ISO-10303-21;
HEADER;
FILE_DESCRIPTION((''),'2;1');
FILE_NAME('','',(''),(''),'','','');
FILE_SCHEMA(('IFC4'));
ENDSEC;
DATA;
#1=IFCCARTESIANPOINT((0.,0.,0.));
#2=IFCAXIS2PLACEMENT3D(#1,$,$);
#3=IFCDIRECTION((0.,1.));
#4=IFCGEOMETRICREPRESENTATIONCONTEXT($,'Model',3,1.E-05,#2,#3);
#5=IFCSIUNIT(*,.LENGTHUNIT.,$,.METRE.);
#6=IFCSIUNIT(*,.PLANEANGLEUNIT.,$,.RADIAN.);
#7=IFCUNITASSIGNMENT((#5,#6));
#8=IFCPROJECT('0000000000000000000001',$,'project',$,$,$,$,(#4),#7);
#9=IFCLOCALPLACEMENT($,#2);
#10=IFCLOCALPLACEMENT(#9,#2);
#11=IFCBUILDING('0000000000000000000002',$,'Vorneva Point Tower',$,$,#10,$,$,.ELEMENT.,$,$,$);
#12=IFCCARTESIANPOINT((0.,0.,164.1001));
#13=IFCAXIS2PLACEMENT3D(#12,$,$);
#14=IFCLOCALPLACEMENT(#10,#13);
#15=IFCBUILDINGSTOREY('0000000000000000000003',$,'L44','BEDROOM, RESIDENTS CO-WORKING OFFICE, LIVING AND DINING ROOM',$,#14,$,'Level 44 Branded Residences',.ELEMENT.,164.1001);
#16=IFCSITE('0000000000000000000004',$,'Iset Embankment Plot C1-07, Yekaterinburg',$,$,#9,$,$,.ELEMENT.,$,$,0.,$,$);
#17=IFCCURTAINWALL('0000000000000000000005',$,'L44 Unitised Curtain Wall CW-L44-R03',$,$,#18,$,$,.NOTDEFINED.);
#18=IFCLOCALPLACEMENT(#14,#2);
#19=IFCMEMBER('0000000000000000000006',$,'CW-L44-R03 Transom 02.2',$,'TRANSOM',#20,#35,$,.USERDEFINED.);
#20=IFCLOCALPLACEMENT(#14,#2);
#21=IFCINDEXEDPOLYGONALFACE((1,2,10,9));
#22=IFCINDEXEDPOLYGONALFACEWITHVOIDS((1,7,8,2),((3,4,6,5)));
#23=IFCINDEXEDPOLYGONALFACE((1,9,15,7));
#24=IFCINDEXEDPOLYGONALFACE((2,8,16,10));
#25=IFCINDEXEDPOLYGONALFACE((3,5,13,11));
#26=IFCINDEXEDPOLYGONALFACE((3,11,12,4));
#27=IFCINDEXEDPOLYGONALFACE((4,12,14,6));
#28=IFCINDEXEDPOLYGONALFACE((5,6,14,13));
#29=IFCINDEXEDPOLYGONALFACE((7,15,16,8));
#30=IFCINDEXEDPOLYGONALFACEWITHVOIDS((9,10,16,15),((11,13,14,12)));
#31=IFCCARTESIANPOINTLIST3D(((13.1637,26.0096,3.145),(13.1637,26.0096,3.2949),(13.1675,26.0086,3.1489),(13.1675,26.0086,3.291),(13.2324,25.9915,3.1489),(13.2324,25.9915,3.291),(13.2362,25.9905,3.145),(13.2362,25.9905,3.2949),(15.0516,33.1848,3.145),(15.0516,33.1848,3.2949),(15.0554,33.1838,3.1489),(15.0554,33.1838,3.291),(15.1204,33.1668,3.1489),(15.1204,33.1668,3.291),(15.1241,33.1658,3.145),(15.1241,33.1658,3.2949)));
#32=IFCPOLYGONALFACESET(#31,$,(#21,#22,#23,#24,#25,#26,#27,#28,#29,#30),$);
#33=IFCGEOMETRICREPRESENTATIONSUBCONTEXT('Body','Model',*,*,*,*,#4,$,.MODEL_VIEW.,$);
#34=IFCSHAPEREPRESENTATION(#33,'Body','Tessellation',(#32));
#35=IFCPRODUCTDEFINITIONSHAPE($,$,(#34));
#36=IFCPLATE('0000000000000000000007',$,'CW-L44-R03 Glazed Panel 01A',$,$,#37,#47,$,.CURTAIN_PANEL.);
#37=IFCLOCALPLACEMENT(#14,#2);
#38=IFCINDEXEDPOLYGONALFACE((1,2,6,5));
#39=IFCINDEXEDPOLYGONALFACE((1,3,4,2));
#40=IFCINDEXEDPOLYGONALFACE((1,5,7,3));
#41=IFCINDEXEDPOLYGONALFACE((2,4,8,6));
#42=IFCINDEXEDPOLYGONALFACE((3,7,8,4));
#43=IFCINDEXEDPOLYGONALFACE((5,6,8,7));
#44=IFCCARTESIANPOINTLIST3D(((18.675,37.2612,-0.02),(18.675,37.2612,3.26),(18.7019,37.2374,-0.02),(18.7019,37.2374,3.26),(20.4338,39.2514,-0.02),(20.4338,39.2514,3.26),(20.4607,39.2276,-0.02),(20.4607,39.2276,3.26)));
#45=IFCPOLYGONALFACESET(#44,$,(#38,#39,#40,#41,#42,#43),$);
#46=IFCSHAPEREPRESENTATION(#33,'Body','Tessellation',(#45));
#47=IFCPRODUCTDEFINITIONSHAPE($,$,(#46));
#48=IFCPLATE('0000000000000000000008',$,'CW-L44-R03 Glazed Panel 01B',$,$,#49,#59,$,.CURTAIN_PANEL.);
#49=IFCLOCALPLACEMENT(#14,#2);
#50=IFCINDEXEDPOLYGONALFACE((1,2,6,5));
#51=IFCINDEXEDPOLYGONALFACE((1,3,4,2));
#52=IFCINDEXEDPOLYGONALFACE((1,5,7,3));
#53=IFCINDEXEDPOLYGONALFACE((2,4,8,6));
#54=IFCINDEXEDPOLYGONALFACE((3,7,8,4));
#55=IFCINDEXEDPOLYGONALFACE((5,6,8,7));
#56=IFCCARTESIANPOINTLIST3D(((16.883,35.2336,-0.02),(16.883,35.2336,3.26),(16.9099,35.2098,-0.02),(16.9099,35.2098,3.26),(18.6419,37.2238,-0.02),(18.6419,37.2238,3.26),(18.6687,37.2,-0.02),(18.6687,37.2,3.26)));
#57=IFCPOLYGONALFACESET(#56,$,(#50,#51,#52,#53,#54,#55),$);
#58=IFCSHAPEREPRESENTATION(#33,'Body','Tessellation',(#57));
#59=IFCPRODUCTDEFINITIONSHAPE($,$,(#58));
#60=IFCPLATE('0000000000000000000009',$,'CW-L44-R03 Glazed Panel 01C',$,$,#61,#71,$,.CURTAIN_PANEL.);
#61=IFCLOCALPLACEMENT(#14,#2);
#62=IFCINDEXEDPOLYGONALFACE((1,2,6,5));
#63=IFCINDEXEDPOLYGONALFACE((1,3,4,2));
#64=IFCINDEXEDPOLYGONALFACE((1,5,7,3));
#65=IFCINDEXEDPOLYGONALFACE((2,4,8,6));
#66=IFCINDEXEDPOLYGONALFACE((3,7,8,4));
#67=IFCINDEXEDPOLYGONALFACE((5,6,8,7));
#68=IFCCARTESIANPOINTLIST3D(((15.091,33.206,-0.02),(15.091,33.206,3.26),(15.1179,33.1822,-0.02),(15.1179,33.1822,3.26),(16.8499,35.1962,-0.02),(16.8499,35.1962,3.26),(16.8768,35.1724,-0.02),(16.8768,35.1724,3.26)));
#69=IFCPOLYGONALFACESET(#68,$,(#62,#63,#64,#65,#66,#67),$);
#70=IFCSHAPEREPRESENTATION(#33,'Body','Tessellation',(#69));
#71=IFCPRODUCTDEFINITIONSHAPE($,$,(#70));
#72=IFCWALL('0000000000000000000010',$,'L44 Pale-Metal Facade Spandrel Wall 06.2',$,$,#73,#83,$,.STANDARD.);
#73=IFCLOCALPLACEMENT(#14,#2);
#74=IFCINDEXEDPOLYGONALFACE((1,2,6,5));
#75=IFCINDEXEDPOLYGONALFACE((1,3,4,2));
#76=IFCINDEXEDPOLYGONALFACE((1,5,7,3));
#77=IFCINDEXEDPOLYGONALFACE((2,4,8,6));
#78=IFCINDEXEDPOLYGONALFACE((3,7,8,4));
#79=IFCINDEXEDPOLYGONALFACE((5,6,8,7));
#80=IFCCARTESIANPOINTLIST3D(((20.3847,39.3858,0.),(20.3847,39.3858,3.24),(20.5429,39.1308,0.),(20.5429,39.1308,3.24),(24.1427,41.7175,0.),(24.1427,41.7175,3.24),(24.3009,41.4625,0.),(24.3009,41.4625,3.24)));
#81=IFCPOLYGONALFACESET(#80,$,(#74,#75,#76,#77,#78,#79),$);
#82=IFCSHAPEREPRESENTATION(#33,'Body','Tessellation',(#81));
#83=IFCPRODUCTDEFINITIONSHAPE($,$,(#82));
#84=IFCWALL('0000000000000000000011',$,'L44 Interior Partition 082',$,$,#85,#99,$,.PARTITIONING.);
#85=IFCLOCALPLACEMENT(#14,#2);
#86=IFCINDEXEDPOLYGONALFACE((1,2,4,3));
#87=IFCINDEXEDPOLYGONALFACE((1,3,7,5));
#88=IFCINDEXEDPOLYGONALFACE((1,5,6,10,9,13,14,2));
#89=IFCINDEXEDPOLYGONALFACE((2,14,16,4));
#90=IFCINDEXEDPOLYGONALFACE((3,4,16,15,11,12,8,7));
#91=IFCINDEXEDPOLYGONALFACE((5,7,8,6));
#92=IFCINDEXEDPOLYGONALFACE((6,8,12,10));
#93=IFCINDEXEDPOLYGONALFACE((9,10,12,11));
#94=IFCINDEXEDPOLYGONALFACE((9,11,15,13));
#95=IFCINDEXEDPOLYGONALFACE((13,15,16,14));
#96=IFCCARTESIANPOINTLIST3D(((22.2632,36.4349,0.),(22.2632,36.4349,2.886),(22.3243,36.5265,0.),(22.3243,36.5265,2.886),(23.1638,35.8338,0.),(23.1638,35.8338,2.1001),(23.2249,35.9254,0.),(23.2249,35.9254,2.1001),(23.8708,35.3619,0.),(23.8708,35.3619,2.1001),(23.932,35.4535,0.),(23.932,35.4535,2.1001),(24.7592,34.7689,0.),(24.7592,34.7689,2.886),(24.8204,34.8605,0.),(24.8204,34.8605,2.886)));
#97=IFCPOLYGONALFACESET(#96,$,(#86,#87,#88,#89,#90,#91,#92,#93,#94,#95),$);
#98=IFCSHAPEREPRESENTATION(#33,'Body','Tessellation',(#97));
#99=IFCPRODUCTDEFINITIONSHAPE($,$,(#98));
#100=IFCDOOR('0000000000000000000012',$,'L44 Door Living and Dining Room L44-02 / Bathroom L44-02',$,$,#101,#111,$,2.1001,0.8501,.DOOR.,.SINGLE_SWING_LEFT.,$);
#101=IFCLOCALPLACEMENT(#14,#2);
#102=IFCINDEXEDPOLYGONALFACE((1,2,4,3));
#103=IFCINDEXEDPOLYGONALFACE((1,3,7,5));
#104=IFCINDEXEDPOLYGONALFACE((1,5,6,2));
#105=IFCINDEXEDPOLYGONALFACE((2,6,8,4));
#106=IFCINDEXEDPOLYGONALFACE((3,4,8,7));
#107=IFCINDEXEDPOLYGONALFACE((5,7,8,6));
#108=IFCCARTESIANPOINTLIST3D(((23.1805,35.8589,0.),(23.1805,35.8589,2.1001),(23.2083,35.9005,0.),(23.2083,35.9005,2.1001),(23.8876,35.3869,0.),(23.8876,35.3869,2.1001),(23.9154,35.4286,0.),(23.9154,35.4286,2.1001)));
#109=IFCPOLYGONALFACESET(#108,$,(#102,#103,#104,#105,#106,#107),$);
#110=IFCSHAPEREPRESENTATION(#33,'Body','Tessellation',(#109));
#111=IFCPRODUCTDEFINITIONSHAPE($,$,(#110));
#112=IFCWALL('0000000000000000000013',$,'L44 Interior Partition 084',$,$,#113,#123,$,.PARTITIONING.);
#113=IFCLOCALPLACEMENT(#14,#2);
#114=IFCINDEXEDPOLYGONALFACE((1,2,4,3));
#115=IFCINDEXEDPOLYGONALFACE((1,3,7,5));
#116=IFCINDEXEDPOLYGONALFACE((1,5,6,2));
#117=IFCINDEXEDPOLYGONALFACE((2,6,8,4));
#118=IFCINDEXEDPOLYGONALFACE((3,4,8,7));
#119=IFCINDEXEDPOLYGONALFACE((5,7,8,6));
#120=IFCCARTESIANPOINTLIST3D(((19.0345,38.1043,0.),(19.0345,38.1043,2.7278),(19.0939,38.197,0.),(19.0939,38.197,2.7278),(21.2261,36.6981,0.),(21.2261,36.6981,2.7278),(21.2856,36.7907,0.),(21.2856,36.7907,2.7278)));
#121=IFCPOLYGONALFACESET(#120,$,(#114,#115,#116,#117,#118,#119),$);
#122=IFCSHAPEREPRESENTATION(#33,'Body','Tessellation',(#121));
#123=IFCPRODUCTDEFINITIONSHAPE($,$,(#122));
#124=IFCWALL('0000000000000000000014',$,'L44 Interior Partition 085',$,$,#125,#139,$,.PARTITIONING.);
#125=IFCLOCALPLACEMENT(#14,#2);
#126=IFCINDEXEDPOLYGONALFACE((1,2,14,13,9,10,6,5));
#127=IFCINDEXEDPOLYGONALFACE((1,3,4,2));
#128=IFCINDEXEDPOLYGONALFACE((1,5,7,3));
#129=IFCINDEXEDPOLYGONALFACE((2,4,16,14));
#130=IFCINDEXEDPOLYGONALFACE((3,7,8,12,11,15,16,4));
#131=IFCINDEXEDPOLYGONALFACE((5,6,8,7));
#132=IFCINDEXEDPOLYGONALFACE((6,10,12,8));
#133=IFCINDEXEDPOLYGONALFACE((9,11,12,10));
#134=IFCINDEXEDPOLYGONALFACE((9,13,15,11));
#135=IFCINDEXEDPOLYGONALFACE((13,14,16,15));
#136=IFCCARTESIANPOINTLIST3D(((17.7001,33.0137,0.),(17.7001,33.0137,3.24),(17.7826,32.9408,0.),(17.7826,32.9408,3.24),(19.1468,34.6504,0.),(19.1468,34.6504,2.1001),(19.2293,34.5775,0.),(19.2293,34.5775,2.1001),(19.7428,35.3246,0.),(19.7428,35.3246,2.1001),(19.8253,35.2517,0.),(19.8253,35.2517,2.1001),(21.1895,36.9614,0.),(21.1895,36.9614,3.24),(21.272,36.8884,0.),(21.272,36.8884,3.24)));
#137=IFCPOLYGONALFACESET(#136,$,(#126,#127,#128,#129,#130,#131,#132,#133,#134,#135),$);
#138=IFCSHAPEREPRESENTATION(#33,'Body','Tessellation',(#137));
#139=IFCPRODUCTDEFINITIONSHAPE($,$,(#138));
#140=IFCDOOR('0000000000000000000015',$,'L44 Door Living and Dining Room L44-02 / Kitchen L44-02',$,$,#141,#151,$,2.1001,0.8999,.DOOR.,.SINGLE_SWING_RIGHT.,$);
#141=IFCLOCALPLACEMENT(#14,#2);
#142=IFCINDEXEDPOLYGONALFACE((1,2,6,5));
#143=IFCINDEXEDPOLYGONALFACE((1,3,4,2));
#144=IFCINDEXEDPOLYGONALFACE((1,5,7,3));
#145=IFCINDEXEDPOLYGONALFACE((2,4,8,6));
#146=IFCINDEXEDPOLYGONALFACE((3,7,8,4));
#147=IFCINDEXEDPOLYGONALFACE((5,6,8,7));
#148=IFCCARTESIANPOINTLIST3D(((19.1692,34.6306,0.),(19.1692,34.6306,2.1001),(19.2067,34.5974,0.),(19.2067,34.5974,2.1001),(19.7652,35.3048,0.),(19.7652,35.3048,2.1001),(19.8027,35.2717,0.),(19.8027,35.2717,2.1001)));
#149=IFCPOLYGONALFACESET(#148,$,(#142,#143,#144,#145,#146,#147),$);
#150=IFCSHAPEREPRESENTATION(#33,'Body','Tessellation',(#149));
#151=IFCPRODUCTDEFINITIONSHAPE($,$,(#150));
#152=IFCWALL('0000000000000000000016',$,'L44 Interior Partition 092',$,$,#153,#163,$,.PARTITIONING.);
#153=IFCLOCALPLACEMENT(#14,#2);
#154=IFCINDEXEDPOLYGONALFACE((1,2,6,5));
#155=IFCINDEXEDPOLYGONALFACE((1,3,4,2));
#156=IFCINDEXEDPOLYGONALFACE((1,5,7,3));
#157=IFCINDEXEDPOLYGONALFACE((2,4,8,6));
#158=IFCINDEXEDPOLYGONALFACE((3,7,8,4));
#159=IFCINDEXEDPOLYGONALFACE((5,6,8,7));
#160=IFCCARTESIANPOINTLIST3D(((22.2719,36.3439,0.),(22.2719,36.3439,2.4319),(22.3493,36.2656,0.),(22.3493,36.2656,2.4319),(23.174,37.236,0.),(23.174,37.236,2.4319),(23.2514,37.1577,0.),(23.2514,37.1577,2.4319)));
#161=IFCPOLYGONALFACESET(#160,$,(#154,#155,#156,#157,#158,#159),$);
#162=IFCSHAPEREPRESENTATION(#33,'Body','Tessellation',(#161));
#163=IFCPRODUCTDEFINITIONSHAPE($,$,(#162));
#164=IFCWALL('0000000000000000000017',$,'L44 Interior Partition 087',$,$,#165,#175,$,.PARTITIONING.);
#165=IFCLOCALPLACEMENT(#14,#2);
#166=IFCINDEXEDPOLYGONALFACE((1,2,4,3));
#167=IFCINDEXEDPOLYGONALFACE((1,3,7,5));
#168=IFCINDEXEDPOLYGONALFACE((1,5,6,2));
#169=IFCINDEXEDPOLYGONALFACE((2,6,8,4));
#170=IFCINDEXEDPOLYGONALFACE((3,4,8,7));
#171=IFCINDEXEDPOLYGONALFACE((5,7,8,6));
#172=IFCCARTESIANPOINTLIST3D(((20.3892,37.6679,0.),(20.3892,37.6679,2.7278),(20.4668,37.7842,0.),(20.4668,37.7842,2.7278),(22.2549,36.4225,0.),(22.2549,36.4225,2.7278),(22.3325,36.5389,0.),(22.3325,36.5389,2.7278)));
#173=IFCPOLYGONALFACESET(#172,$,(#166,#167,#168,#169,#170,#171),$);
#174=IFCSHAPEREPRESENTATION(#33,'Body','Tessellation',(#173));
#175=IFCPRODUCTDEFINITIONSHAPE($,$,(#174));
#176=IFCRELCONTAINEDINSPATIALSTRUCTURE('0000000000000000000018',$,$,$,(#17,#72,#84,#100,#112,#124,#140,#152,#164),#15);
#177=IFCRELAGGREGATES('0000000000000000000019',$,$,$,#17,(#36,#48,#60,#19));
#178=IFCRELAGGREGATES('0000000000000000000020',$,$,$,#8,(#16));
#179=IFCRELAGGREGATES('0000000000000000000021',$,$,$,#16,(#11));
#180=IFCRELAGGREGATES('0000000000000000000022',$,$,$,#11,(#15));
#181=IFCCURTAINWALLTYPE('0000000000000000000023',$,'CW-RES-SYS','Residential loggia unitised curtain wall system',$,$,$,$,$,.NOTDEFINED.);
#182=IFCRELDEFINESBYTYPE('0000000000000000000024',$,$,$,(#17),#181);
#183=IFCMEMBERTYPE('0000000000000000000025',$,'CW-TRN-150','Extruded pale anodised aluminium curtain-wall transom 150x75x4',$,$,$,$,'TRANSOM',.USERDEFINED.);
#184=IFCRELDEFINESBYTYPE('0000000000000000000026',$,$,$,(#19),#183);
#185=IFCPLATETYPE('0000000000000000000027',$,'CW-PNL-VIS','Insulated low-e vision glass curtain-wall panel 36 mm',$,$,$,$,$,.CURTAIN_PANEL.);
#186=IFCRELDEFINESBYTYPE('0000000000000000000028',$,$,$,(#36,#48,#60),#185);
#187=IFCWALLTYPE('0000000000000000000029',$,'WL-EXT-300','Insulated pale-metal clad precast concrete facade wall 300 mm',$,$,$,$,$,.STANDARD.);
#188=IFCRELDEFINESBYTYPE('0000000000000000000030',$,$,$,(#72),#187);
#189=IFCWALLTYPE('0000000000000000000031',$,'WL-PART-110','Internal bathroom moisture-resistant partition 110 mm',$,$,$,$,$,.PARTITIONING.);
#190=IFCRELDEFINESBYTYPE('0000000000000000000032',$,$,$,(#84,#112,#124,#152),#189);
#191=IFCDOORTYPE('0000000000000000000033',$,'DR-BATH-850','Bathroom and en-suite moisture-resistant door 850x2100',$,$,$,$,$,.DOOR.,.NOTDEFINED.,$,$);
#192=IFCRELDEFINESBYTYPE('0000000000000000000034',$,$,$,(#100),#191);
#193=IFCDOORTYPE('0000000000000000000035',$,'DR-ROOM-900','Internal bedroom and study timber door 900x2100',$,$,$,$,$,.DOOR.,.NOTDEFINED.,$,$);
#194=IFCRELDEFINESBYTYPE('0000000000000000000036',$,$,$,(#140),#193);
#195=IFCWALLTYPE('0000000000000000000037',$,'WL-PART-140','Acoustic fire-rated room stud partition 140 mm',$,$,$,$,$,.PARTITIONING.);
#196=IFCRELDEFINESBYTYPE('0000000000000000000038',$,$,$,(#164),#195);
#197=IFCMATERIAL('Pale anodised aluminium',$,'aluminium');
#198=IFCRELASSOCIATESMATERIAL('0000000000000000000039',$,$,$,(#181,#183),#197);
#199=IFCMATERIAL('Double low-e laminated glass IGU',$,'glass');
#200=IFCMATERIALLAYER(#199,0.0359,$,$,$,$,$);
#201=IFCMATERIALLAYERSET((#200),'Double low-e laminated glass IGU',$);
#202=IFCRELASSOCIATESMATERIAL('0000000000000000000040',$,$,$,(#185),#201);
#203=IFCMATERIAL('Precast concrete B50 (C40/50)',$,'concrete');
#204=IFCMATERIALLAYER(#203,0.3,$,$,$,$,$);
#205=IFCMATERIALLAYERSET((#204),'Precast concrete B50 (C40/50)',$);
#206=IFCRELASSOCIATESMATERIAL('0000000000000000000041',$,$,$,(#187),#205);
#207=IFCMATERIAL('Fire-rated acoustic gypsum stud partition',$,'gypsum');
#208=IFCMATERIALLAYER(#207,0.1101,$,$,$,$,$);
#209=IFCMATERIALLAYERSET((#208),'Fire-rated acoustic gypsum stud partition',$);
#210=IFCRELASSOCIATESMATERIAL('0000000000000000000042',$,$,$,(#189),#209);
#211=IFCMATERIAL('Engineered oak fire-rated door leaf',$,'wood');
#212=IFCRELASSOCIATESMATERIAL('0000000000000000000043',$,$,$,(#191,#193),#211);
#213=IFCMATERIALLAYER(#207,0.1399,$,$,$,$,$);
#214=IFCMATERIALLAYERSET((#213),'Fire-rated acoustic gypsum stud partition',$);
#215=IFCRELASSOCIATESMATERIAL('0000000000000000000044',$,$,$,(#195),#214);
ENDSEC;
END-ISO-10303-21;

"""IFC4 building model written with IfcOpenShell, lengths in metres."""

from ifc_helpers import new_model, si_unit, direction, frame, frame_2d, origin, origin_2d, place, context, subcontext, project, spatial, rectangle, hollow_rectangle, extrude, material, layer, layer_set, material_profile, profile_set, type_object, element, fill, aggregate, save


model = new_model("IFC4")

# Units and contexts
model_context = context("Model", 3, precision=1e-05, world=origin(), true_north=direction((0.0, 1.0)))
body_context = subcontext(model_context, "Body", "Model", "MODEL_VIEW")
ifc_project = project(units=[si_unit("LENGTHUNIT", "METRE"), si_unit("PLANEANGLEUNIT", "RADIAN")], contexts=[model_context])

# Site, building, storey
site_placement = place(None, origin())
site = spatial("IfcSite", under=ifc_project, at=site_placement, Name="Iset Embankment Plot C1-07, Yekaterinburg", CompositionType="ELEMENT", RefElevation=0.0)
building_placement = place(site_placement, origin())
building = spatial("IfcBuilding", under=site, at=building_placement, Name="Vorneva Point Tower", CompositionType="ELEMENT")
storey_placement = place(building_placement, frame((0.0, 0.0, 164.1001)))
storey = spatial("IfcBuildingStorey", under=building, at=storey_placement, Name="L44", Description="BEDROOM, RESIDENTS CO-WORKING OFFICE, LIVING AND DINING ROOM", LongName="Level 44 Branded Residences", CompositionType="ELEMENT", Elevation=164.1001)

# Curtain wall, member, plates
ifc_material_1 = material(Name="Pale anodised aluminium", Category="aluminium")
curtain_wall_type = type_object("IfcCurtainWallType", Name="CW-RES-SYS", Description="Residential loggia unitised curtain wall system", PredefinedType="NOTDEFINED", material=ifc_material_1)
curtain_wall_placement = place(storey_placement, origin())
curtain_wall = element("IfcCurtainWall", 1, at=curtain_wall_placement, inside=storey, type_object=curtain_wall_type, Name="L44 Unitised Curtain Wall CW-L44-R03", PredefinedType="NOTDEFINED")
ifc_material_profile_1 = material_profile(ifc_material_1, hollow_rectangle(XDim=0.075, YDim=0.1499, WallThickness=0.0039, at=origin_2d()), Name="AL-TRN 150x75x4")
ifc_profile_set_1 = profile_set([ifc_material_profile_1], Name="Pale anodised aluminium")
member_type_1 = type_object("IfcMemberType", Name="CW-TRN-150", Description="Extruded pale anodised aluminium curtain-wall transom 150x75x4", ElementType="TRANSOM", PredefinedType="USERDEFINED", material=ifc_profile_set_1)
member_1_placement = place(storey_placement, frame((15.0879, 33.1753, 3.22), z_axis=(-0.254456, -0.967084, 0.0), x_axis=(0.967084, -0.254456, 0.0)))
member_1 = element("IfcMember", 2, at=member_1_placement, type_object=member_type_1, Name="CW-L44-R03 Transom 02.2", ObjectType="TRANSOM", PredefinedType="USERDEFINED", context=body_context, shape_type="SweptSolid", body=[
    extrude(hollow_rectangle(XDim=0.075, YDim=0.1499, WallThickness=0.0039, at=origin_2d()), origin(), (0.0, 0.0, 1.0), 7.4194),
])
ifc_material_2 = material(Name="Double low-e laminated glass IGU", Category="glass")
ifc_layer_1 = layer(ifc_material_2, 0.0359)
ifc_layer_set_1 = layer_set([ifc_layer_1], Name="Double low-e laminated glass IGU")
plate_type = type_object("IfcPlateType", Name="CW-PNL-VIS", Description="Insulated low-e vision glass curtain-wall panel 36 mm", PredefinedType="CURTAIN_PANEL", material=ifc_layer_set_1)
plate_1_placement = place(storey_placement, frame((19.5679, 38.2444, -0.02), z_axis=(0.0, 0.0, 1.0), x_axis=(-0.662215, -0.749314, 0.0)))
plate_1 = element("IfcPlate", 3, at=plate_1_placement, type_object=plate_type, Name="CW-L44-R03 Glazed Panel 01A", PredefinedType="CURTAIN_PANEL", context=body_context, shape_type="SweptSolid", body=[
    extrude(rectangle(XDim=2.656, YDim=0.0359, at=origin_2d()), origin(), (0.0, 0.0, 1.0), 3.28),
])
plate_2_placement = place(storey_placement, frame((17.7759, 36.2168, -0.02), z_axis=(0.0, 0.0, 1.0), x_axis=(-0.662215, -0.749314, 0.0)))
plate_2 = element("IfcPlate", 4, at=plate_2_placement, type_object=plate_type, Name="CW-L44-R03 Glazed Panel 01B", PredefinedType="CURTAIN_PANEL", context=body_context, shape_type="SweptSolid", body=[
    extrude(rectangle(XDim=2.656, YDim=0.0359, at=origin_2d()), origin(), (0.0, 0.0, 1.0), 3.28),
])
plate_3_placement = place(storey_placement, frame((15.9839, 34.1892, -0.02), z_axis=(0.0, 0.0, 1.0), x_axis=(-0.662215, -0.749314, 0.0)))
plate_3 = element("IfcPlate", 5, at=plate_3_placement, type_object=plate_type, Name="CW-L44-R03 Glazed Panel 01C", PredefinedType="CURTAIN_PANEL", context=body_context, shape_type="SweptSolid", body=[
    extrude(rectangle(XDim=2.656, YDim=0.0359, at=origin_2d()), origin(), (0.0, 0.0, 1.0), 3.28),
])
aggregate(curtain_wall, [plate_1, plate_2, plate_3, member_1])

# Wall
ifc_material_3 = material(Name="Precast concrete B50 (C40/50)", Category="concrete")
ifc_layer_2 = layer(ifc_material_3, 0.3)
ifc_layer_set_2 = layer_set([ifc_layer_2], Name="Precast concrete B50 (C40/50)")
wall_type_1 = type_object("IfcWallType", Name="WL-EXT-300", Description="Insulated pale-metal clad precast concrete facade wall 300 mm", PredefinedType="STANDARD", material=ifc_layer_set_2)
wall_1_placement = place(storey_placement, frame((24.2219, 41.5901, 0.0), z_axis=(0.0, 0.0, 1.0), x_axis=(-0.849721, -0.527232, 0.0)))
element("IfcWall", 6, at=wall_1_placement, inside=storey, type_object=wall_type_1, Name="L44 Pale-Metal Facade Spandrel Wall 06.2", PredefinedType="STANDARD", context=body_context, shape_type="SweptSolid", body=[
    extrude(rectangle(XDim=4.4226, YDim=0.3, at=frame_2d((2.2114, 0.0))), origin(), (0.0, 0.0, 1.0), 3.24),
])

# Wall, opening, door
ifc_material_4 = material(Name="Fire-rated acoustic gypsum stud partition", Category="gypsum")
ifc_layer_3 = layer(ifc_material_4, 0.1101)
ifc_layer_set_3 = layer_set([ifc_layer_3], Name="Fire-rated acoustic gypsum stud partition")
wall_type_2 = type_object("IfcWallType", Name="WL-PART-110", Description="Internal bathroom moisture-resistant partition 110 mm", PredefinedType="PARTITIONING", material=ifc_layer_set_3)
wall_2_placement = place(storey_placement, frame((24.7898, 34.8147, 0.0), z_axis=(0.0, 0.0, 1.0), x_axis=(-0.83175, 0.555151, 0.0)))
wall_2 = element("IfcWall", 7, at=wall_2_placement, inside=storey, type_object=wall_type_2, Name="L44 Interior Partition 082", PredefinedType="PARTITIONING", context=body_context, shape_type="SweptSolid", body=[
    extrude(rectangle(XDim=3.001, YDim=0.1101, at=frame_2d((1.5005, 0.0))), origin(), (0.0, 0.0, 1.0), 2.886),
])
opening_1_placement = place(wall_2_placement, frame((1.0681, 0.0, 0.0)))
opening_1 = element("IfcOpeningElement", 8, at=opening_1_placement, cuts=wall_2, PredefinedType="OPENING", context=body_context, shape_type="SweptSolid", body=[
    extrude(rectangle(XDim=0.8501, YDim=2.1001, at=frame_2d((0.425, 1.05))), frame((0.0, 0.0698, 0.0), z_axis=(0.0, -1.0, 0.0), x_axis=(1.0, 0.0, 0.0)), (0.0, 0.0, 1.0), 0.1399),
])
ifc_material_5 = material(Name="Engineered oak fire-rated door leaf", Category="wood")
door_type_1 = type_object("IfcDoorType", Name="DR-BATH-850", Description="Bathroom and en-suite moisture-resistant door 850x2100", OperationType="NOTDEFINED", PredefinedType="DOOR", material=ifc_material_5)
door_1_placement = place(opening_1_placement, origin())
door_1 = element("IfcDoor", 9, at=door_1_placement, inside=storey, type_object=door_type_1, Name="L44 Door Living and Dining Room L44-02 / Bathroom L44-02", OperationType="SINGLE_SWING_LEFT", OverallHeight=2.1001, OverallWidth=0.8501, PredefinedType="DOOR", context=body_context, shape_type="SweptSolid", body=[
    extrude(rectangle(XDim=0.8501, YDim=2.1001, at=frame_2d((0.425, 1.05))), frame((0.0, 0.0249, 0.0), z_axis=(0.0, -1.0, 0.0), x_axis=(1.0, 0.0, 0.0)), (0.0, 0.0, 1.0), 0.05),
])
fill(opening_1, door_1)

# Wall
wall_3_placement = place(storey_placement, frame((19.0642, 38.1506, 0.0), z_axis=(0.0, 0.0, 1.0), x_axis=(0.841644, -0.540032, 0.0)))
element("IfcWall", 10, at=wall_3_placement, inside=storey, type_object=wall_type_2, Name="L44 Interior Partition 084", PredefinedType="PARTITIONING", context=body_context, shape_type="SweptSolid", body=[
    extrude(rectangle(XDim=2.604, YDim=0.1101, at=frame_2d((1.302, 0.0))), origin(), (0.0, 0.0, 1.0), 2.7278),
])

# Wall, opening, door
wall_4_placement = place(storey_placement, frame((21.2307, 36.9248, 0.0), z_axis=(0.0, 0.0, 1.0), x_axis=(-0.662282, -0.749255, 0.0)))
wall_4 = element("IfcWall", 11, at=wall_4_placement, inside=storey, type_object=wall_type_2, Name="L44 Interior Partition 085", PredefinedType="PARTITIONING", context=body_context, shape_type="SweptSolid", body=[
    extrude(rectangle(XDim=5.2688, YDim=0.1101, at=frame_2d((2.6343, 0.0))), origin(), (0.0, 0.0, 1.0), 3.24),
])
opening_2_placement = place(wall_4_placement, frame((2.1843, 0.0, 0.0)))
opening_2 = element("IfcOpeningElement", 12, at=opening_2_placement, cuts=wall_4, PredefinedType="OPENING", context=body_context, shape_type="SweptSolid", body=[
    extrude(rectangle(XDim=0.8999, YDim=2.1001, at=frame_2d((0.45, 1.05))), frame((0.0, 0.0698, 0.0), z_axis=(0.0, -1.0, 0.0), x_axis=(1.0, 0.0, 0.0)), (0.0, 0.0, 1.0), 0.1399),
])
door_type_2 = type_object("IfcDoorType", Name="DR-ROOM-900", Description="Internal bedroom and study timber door 900x2100", OperationType="NOTDEFINED", PredefinedType="DOOR", material=ifc_material_5)
door_2_placement = place(opening_2_placement, origin())
door_2 = element("IfcDoor", 13, at=door_2_placement, inside=storey, type_object=door_type_2, Name="L44 Door Living and Dining Room L44-02 / Kitchen L44-02", OperationType="SINGLE_SWING_RIGHT", OverallHeight=2.1001, OverallWidth=0.8999, PredefinedType="DOOR", context=body_context, shape_type="SweptSolid", body=[
    extrude(rectangle(XDim=0.8999, YDim=2.1001, at=frame_2d((0.45, 1.05))), frame((0.0, 0.0249, 0.0), z_axis=(0.0, -1.0, 0.0), x_axis=(1.0, 0.0, 0.0)), (0.0, 0.0, 1.0), 0.05),
])
fill(opening_2, door_2)

# Walls
wall_5_placement = place(storey_placement, frame((23.2126, 37.1968, 0.0), z_axis=(0.0, 0.0, 1.0), x_axis=(-0.711041, -0.703151, 0.0)))
element("IfcWall", 14, at=wall_5_placement, inside=storey, type_object=wall_type_2, Name="L44 Interior Partition 092", PredefinedType="PARTITIONING", context=body_context, shape_type="SweptSolid", body=[
    extrude(rectangle(XDim=1.2688, YDim=0.1101, at=frame_2d((0.6343, 0.0))), origin(), (0.0, 0.0, 1.0), 2.4319),
])
ifc_layer_4 = layer(ifc_material_4, 0.1399)
ifc_layer_set_4 = layer_set([ifc_layer_4], Name="Fire-rated acoustic gypsum stud partition")
wall_type_3 = type_object("IfcWallType", Name="WL-PART-140", Description="Acoustic fire-rated room stud partition 140 mm", PredefinedType="PARTITIONING", material=ifc_layer_set_4)
wall_6_placement = place(storey_placement, frame((22.2937, 36.4807, 0.0), z_axis=(0.0, 0.0, 1.0), x_axis=(-0.831732, 0.555177, 0.0)))
element("IfcWall", 15, at=wall_6_placement, inside=storey, type_object=wall_type_3, Name="L44 Interior Partition 087", PredefinedType="PARTITIONING", context=body_context, shape_type="SweptSolid", body=[
    extrude(rectangle(XDim=2.2432, YDim=0.1399, at=frame_2d((1.1216, 0.0))), origin(), (0.0, 0.0, 1.0), 2.7278),
])

save(model, "model.ifc")
